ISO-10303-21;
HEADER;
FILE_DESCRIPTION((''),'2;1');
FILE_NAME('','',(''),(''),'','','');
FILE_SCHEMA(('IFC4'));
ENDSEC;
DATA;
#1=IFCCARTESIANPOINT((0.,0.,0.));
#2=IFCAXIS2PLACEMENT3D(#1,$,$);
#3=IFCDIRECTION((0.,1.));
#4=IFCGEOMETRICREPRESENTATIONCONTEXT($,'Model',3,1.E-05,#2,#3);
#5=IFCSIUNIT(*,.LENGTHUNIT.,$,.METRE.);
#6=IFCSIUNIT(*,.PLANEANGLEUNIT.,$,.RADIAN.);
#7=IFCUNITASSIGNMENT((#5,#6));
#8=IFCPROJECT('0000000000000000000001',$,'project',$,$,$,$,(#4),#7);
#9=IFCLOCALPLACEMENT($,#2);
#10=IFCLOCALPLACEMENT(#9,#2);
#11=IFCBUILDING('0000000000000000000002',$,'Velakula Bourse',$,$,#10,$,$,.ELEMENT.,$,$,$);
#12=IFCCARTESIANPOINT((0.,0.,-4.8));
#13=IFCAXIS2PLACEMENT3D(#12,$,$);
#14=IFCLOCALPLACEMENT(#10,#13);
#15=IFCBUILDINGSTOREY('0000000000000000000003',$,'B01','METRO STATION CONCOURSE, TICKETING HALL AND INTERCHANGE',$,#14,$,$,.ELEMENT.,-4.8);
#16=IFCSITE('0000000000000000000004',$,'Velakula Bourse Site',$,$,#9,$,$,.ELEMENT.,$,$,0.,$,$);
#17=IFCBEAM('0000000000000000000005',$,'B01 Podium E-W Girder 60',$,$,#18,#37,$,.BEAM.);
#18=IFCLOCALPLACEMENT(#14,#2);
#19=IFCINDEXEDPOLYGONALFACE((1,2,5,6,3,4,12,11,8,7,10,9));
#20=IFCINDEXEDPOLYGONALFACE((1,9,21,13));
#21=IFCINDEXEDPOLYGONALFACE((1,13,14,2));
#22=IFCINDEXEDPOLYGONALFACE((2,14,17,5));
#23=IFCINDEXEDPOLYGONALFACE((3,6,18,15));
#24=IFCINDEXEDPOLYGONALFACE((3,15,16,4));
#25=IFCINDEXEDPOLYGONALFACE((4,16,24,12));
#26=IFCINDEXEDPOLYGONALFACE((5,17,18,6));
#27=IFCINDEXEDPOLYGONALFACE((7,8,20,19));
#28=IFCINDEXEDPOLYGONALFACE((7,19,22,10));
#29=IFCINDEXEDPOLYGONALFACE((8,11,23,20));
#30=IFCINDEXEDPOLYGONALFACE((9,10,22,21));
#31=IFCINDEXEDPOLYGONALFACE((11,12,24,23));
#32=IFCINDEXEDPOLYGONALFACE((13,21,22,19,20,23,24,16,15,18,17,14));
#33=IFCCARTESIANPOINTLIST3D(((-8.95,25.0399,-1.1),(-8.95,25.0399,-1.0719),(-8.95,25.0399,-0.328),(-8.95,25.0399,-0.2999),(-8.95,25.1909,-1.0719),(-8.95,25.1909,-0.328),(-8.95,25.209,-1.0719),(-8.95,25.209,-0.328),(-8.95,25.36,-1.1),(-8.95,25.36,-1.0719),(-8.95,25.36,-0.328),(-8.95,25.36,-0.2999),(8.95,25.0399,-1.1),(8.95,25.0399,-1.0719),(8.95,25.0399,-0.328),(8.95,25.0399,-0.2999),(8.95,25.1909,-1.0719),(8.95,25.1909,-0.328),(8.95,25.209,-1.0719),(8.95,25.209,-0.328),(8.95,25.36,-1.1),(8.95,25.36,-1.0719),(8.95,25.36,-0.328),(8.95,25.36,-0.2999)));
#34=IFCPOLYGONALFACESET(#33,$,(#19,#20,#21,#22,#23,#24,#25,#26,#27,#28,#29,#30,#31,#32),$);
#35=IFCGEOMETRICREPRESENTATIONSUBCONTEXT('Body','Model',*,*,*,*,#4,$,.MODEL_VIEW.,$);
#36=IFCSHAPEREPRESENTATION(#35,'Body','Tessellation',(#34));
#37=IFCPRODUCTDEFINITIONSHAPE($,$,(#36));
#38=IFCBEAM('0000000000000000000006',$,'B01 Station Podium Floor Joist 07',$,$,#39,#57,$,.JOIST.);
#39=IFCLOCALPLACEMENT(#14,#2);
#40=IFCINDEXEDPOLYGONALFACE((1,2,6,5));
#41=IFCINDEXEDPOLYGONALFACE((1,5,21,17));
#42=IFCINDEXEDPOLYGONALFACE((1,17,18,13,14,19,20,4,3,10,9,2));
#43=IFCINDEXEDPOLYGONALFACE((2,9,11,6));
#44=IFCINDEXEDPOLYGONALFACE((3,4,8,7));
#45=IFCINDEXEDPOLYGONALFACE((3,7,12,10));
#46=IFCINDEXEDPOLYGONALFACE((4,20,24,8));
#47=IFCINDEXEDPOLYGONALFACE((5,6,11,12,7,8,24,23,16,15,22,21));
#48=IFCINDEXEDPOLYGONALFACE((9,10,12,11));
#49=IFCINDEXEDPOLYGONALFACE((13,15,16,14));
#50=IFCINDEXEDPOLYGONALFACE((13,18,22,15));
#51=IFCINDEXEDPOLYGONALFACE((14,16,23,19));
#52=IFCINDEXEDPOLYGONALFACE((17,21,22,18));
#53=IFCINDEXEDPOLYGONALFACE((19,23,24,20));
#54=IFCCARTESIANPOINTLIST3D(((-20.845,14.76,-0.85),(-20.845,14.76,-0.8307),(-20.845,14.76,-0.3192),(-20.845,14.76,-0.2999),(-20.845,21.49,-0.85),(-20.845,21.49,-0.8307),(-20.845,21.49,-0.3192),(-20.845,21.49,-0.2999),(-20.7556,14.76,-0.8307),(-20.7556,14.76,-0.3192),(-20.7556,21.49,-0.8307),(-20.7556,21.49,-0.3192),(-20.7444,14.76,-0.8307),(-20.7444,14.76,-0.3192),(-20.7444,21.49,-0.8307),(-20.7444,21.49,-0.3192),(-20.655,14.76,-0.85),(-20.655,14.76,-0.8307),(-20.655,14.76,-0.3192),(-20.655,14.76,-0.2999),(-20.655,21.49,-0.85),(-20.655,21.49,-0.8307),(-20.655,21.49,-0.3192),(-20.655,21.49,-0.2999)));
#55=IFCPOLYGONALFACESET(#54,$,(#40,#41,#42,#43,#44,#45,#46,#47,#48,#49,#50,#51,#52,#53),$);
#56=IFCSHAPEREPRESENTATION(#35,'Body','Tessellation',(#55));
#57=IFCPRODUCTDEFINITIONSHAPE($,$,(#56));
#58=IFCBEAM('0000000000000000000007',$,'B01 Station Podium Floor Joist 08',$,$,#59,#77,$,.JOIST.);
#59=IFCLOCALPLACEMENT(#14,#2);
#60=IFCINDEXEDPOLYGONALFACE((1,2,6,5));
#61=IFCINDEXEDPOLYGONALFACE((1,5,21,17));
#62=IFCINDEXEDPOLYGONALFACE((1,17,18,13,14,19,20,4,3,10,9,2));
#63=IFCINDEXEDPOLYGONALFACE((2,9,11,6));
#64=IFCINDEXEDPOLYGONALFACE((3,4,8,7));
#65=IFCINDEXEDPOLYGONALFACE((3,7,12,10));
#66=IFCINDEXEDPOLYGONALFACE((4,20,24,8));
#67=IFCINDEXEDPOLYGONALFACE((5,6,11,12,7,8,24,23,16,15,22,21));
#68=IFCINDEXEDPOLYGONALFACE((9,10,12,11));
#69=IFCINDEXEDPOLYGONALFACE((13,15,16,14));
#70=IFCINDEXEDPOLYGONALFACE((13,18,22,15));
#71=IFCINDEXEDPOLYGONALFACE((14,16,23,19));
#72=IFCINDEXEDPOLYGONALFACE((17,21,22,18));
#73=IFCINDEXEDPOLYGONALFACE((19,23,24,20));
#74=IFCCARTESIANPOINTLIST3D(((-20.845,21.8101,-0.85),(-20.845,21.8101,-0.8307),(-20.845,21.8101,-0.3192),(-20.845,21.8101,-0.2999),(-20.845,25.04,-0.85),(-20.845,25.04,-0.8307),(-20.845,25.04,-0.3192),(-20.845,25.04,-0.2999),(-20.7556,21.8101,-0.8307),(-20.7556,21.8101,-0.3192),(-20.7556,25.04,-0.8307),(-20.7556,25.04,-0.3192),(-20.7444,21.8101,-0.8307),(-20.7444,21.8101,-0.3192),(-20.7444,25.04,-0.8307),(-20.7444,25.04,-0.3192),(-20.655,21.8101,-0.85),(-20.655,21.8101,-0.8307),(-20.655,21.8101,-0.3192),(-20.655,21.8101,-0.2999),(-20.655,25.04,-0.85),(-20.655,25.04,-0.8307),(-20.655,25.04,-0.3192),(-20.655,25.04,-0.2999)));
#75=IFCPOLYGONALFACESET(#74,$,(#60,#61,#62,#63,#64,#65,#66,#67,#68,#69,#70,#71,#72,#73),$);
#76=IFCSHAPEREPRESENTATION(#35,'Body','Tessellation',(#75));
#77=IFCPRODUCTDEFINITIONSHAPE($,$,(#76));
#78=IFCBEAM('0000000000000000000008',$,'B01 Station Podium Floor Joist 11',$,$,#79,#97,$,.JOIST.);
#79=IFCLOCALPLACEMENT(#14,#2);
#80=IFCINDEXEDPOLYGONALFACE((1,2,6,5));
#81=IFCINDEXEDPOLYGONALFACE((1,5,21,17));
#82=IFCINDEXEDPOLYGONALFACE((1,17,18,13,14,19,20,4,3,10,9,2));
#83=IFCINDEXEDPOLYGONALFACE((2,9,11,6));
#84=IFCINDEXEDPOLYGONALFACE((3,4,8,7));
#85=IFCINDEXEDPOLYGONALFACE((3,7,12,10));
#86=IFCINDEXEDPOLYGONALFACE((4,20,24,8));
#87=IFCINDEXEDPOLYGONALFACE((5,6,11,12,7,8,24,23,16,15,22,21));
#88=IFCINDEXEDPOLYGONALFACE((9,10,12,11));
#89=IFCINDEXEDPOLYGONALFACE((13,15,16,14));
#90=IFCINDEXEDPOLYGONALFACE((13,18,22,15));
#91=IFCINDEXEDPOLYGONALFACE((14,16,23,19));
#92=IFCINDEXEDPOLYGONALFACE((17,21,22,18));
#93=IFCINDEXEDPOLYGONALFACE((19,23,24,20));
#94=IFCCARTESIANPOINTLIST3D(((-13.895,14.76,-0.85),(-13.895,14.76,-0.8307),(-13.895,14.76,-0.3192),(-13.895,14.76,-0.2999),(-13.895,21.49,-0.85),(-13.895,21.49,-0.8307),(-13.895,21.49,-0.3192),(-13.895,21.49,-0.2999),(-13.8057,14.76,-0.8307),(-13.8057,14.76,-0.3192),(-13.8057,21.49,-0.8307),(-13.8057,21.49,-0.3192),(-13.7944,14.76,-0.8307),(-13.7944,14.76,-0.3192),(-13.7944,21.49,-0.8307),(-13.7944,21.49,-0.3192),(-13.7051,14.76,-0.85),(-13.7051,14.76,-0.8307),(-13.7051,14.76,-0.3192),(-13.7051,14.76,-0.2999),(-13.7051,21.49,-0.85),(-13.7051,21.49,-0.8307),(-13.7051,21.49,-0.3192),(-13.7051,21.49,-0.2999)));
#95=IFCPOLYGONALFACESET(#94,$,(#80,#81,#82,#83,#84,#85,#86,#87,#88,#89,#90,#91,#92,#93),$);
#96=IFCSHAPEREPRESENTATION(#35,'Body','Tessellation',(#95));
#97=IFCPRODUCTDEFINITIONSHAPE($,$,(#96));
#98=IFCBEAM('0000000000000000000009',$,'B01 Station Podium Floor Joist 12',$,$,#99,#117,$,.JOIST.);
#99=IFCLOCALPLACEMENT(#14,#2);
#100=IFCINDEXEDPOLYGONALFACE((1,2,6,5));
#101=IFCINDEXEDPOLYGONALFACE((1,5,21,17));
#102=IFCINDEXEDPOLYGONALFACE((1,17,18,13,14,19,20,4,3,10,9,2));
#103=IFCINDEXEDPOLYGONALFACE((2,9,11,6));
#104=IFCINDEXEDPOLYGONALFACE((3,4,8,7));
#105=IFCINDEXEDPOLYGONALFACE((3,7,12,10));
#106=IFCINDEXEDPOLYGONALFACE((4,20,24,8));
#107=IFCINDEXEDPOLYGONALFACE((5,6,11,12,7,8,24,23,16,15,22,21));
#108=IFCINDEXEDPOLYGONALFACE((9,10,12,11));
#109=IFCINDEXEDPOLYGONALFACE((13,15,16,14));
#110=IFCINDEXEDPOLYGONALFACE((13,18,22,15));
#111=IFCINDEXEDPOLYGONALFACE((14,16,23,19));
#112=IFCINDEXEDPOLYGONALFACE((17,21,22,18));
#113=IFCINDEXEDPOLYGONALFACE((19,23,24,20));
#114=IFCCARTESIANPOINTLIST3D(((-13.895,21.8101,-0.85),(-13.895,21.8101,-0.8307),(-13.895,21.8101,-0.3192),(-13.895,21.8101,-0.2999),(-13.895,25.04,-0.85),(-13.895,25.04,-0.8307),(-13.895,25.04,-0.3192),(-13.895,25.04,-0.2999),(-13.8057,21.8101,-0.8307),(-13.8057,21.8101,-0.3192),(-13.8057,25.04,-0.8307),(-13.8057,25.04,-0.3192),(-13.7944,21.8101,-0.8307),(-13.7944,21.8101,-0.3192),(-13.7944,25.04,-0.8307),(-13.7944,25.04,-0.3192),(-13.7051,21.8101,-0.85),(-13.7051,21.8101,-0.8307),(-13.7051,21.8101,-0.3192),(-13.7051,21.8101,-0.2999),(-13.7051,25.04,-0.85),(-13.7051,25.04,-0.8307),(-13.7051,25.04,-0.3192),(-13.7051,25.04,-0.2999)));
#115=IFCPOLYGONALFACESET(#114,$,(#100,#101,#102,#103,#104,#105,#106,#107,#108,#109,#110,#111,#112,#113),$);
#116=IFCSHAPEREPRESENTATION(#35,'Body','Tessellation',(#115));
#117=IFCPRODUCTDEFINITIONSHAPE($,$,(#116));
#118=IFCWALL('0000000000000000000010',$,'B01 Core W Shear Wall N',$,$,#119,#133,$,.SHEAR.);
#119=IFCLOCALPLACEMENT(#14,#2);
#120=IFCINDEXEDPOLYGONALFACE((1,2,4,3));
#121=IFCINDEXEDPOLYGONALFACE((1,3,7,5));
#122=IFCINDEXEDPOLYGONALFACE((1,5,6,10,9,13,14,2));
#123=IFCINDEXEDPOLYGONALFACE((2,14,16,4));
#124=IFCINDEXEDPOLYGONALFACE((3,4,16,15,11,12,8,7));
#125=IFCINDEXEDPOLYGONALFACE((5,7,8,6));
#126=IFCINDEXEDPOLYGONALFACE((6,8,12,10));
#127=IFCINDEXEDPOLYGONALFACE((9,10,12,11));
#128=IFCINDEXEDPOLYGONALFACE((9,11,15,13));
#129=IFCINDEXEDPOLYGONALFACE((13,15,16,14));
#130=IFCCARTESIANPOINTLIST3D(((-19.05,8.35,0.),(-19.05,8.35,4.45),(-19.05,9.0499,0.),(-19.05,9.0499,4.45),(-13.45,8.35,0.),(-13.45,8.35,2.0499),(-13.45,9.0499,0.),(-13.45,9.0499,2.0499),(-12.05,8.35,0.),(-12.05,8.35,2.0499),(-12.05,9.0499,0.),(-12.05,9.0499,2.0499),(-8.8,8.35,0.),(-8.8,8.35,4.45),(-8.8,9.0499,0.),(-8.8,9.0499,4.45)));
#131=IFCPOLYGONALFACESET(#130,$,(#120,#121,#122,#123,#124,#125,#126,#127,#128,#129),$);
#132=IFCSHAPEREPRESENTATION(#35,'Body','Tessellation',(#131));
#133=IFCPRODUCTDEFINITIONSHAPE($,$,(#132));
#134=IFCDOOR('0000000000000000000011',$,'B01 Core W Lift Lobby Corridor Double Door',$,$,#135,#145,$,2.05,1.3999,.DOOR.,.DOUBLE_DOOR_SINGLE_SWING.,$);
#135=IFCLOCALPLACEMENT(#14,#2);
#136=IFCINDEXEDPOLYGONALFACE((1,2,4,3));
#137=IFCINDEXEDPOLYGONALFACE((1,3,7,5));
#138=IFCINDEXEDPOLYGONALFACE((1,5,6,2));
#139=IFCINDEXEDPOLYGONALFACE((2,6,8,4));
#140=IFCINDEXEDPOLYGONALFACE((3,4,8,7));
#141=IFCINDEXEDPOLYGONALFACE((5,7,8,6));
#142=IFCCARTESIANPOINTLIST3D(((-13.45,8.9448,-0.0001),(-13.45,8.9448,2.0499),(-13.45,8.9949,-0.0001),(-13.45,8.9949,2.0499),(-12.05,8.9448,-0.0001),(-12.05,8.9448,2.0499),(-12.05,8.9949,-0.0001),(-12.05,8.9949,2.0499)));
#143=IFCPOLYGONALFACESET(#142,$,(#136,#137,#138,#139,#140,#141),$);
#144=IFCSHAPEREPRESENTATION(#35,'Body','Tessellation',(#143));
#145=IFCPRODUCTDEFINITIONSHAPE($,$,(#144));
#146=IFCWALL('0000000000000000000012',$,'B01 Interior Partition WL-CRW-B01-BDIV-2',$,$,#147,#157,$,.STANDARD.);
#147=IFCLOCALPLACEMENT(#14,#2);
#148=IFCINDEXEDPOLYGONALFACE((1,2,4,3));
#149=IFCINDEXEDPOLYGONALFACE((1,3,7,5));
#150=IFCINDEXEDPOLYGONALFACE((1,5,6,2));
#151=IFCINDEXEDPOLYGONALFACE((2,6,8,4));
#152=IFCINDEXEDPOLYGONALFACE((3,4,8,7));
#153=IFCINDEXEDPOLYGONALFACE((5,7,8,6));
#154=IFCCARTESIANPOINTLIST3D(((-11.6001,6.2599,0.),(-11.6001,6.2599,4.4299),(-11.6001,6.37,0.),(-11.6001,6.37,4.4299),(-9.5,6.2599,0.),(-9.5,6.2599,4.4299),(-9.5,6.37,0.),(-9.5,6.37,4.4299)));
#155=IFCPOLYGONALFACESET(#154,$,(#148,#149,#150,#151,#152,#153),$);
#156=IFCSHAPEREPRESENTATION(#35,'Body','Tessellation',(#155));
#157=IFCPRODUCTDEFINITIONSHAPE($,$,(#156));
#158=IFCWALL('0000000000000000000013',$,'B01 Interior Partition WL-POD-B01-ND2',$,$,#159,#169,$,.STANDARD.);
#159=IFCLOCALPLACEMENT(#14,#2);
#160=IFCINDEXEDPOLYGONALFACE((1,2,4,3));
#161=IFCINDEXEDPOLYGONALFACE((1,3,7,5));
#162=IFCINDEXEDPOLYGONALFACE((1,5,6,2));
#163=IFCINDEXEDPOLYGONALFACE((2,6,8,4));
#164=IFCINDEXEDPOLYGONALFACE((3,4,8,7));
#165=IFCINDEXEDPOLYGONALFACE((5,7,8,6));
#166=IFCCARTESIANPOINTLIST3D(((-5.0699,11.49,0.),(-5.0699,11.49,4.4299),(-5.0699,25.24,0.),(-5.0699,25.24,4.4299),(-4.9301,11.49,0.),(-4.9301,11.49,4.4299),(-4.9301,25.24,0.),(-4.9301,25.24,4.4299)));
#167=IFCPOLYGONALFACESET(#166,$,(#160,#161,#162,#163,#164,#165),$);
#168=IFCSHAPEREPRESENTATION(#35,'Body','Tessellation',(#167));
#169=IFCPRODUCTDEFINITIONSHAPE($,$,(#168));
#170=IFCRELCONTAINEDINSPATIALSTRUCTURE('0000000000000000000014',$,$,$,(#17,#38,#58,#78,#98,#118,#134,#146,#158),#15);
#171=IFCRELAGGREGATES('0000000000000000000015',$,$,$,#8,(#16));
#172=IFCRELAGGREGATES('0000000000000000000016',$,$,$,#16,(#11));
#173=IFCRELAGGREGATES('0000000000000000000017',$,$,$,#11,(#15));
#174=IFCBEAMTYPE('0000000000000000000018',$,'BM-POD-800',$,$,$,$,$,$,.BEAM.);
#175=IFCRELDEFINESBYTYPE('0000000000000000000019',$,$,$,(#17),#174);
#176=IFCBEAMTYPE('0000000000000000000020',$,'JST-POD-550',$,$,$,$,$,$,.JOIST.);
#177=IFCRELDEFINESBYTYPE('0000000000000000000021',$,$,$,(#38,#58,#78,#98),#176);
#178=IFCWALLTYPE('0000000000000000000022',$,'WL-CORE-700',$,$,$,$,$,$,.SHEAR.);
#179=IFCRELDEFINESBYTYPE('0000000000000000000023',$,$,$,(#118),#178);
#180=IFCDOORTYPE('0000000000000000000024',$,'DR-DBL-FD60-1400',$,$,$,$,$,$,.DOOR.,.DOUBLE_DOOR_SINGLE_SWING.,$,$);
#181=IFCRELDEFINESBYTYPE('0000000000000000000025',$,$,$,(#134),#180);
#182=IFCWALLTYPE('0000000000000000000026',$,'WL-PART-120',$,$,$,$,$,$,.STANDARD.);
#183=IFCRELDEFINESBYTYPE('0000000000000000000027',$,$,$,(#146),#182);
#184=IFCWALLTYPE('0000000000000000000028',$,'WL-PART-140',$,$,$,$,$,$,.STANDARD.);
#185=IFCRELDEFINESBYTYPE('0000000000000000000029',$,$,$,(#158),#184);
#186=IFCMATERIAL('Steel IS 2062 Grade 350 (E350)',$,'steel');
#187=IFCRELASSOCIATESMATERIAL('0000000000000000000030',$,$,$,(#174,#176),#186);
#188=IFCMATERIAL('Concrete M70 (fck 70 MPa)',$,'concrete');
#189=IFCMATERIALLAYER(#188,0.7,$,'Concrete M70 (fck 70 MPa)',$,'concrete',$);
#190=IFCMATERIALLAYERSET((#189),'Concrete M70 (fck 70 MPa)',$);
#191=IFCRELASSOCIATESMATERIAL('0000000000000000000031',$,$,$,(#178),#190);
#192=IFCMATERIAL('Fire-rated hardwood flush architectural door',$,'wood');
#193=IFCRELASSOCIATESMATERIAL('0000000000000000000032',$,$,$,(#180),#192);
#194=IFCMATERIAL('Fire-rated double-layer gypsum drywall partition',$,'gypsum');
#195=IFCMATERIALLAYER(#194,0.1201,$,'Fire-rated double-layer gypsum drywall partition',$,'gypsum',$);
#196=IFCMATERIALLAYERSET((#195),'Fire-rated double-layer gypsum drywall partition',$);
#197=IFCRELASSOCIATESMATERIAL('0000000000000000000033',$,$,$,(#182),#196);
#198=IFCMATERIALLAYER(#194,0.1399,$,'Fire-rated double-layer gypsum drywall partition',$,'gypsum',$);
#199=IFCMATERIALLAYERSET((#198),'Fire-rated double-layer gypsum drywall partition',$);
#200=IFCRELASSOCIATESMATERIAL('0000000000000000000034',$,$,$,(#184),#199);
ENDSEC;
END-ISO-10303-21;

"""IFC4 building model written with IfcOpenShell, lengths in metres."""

from ifc_helpers import new_model, si_unit, direction, frame, frame_2d, origin, origin_2d, place, context, subcontext, project, spatial, rectangle, i_section, extrude, material, layer, layer_set, material_profile, profile_set, type_object, element, fill, save


model = new_model("IFC4")

# Units and contexts
model_context = context("Model", 3, precision=1e-05, world=origin(), true_north=direction((0.0, 1.0)))
body_context = subcontext(model_context, "Body", "Model", "MODEL_VIEW")
ifc_project = project(units=[si_unit("LENGTHUNIT", "METRE"), si_unit("PLANEANGLEUNIT", "RADIAN")], contexts=[model_context])

# Site, building, storey
site_placement = place(None, origin())
site = spatial("IfcSite", under=ifc_project, at=site_placement, Name="Velakula Bourse Site", CompositionType="ELEMENT", RefElevation=0.0)
building_placement = place(site_placement, origin())
building = spatial("IfcBuilding", under=site, at=building_placement, Name="Velakula Bourse", CompositionType="ELEMENT")
storey_placement = place(building_placement, frame((0.0, 0.0, -4.8)))
storey = spatial("IfcBuildingStorey", under=building, at=storey_placement, Name="B01", Description="METRO STATION CONCOURSE, TICKETING HALL AND INTERCHANGE", CompositionType="ELEMENT", Elevation=-4.8)

# Shared definitions
ifc_material_1 = material(Name="Concrete M70 (fck 70 MPa)", Category="concrete")

# Beams
ifc_material_2 = material(Name="Steel IS 2062 Grade 350 (E350)", Category="steel")
ifc_material_profile_1 = material_profile(ifc_material_2, i_section(OverallWidth=0.3201, OverallDepth=0.8, WebThickness=0.0181, FlangeThickness=0.0281, at=origin_2d()), Name="Steel IS 2062 Grade 350 (E350)")
ifc_profile_set_1 = profile_set([ifc_material_profile_1], Name="Steel IS 2062 Grade 350 (E350)")
beam_type_1 = type_object("IfcBeamType", Name="BM-POD-800", PredefinedType="BEAM", material=ifc_profile_set_1)
beam_1_placement = place(storey_placement, frame((-8.95, 25.2, -0.7), z_axis=(1.0, 0.0, 0.0), x_axis=(0.0, 1.0, 0.0)))
element("IfcBeam", 1, at=beam_1_placement, inside=storey, type_object=beam_type_1, Name="B01 Podium E-W Girder 60", PredefinedType="BEAM", context=body_context, shape_type="SweptSolid", body=[
    extrude(i_section(OverallWidth=0.3201, OverallDepth=0.8, WebThickness=0.0181, FlangeThickness=0.0281, at=origin_2d()), origin(), (0.0, 0.0, 1.0), 17.8999),
])
ifc_material_profile_2 = material_profile(ifc_material_2, i_section(OverallWidth=0.1899, OverallDepth=0.55, WebThickness=0.0112, FlangeThickness=0.0193, at=origin_2d()), Name="Steel IS 2062 Grade 350 (E350)")
ifc_profile_set_2 = profile_set([ifc_material_profile_2], Name="Steel IS 2062 Grade 350 (E350)")
beam_type_2 = type_object("IfcBeamType", Name="JST-POD-550", PredefinedType="JOIST", material=ifc_profile_set_2)
beam_2_placement = place(storey_placement, frame((-20.75, 14.76, -0.575), z_axis=(0.0, 1.0, 0.0), x_axis=(-1.0, 0.0, 0.0)))
element("IfcBeam", 2, at=beam_2_placement, inside=storey, type_object=beam_type_2, Name="B01 Station Podium Floor Joist 07", PredefinedType="JOIST", context=body_context, shape_type="SweptSolid", body=[
    extrude(i_section(OverallWidth=0.1899, OverallDepth=0.55, WebThickness=0.0112, FlangeThickness=0.0193, at=origin_2d()), origin(), (0.0, 0.0, 1.0), 6.73),
])
beam_3_placement = place(storey_placement, frame((-20.75, 21.8101, -0.575), z_axis=(0.0, 1.0, 0.0), x_axis=(-1.0, 0.0, 0.0)))
element("IfcBeam", 3, at=beam_3_placement, inside=storey, type_object=beam_type_2, Name="B01 Station Podium Floor Joist 08", PredefinedType="JOIST", context=body_context, shape_type="SweptSolid", body=[
    extrude(i_section(OverallWidth=0.1899, OverallDepth=0.55, WebThickness=0.0112, FlangeThickness=0.0193, at=origin_2d()), origin(), (0.0, 0.0, 1.0), 3.23),
])
beam_4_placement = place(storey_placement, frame((-13.8, 14.76, -0.575), z_axis=(0.0, 1.0, 0.0), x_axis=(-1.0, 0.0, 0.0)))
element("IfcBeam", 4, at=beam_4_placement, inside=storey, type_object=beam_type_2, Name="B01 Station Podium Floor Joist 11", PredefinedType="JOIST", context=body_context, shape_type="SweptSolid", body=[
    extrude(i_section(OverallWidth=0.1899, OverallDepth=0.55, WebThickness=0.0112, FlangeThickness=0.0193, at=origin_2d()), origin(), (0.0, 0.0, 1.0), 6.73),
])
beam_5_placement = place(storey_placement, frame((-13.8, 21.8101, -0.575), z_axis=(0.0, 1.0, 0.0), x_axis=(-1.0, 0.0, 0.0)))
element("IfcBeam", 5, at=beam_5_placement, inside=storey, type_object=beam_type_2, Name="B01 Station Podium Floor Joist 12", PredefinedType="JOIST", context=body_context, shape_type="SweptSolid", body=[
    extrude(i_section(OverallWidth=0.1899, OverallDepth=0.55, WebThickness=0.0112, FlangeThickness=0.0193, at=origin_2d()), origin(), (0.0, 0.0, 1.0), 3.23),
])

# Wall, opening, door
ifc_layer_1 = layer(ifc_material_1, 0.7, Name="Concrete M70 (fck 70 MPa)", Category="concrete")
ifc_layer_set_1 = layer_set([ifc_layer_1], Name="Concrete M70 (fck 70 MPa)")
wall_type_1 = type_object("IfcWallType", Name="WL-CORE-700", PredefinedType="SHEAR", material=ifc_layer_set_1)
wall_1_placement = place(storey_placement, frame((-19.05, 8.7, 0.0), z_axis=(0.0, 0.0, 1.0), x_axis=(1.0, 0.0, 0.0)))
wall_1 = element("IfcWall", 6, at=wall_1_placement, inside=storey, type_object=wall_type_1, Name="B01 Core W Shear Wall N", PredefinedType="SHEAR", context=body_context, shape_type="SweptSolid", body=[
    extrude(rectangle(XDim=10.25, YDim=0.7, at=frame_2d((5.125, 0.0))), origin(), (0.0, 0.0, 1.0), 4.45),
])
opening_placement = place(wall_1_placement, frame((5.6001, 0.0, 0.0)))
opening = element("IfcOpeningElement", 7, at=opening_placement, cuts=wall_1, PredefinedType="OPENING", context=body_context, shape_type="SweptSolid", body=[
    extrude(rectangle(XDim=1.3999, YDim=2.05, at=frame_2d((0.7, 1.0249))), frame((0.0, 0.3599, 0.0), z_axis=(0.0, -1.0, 0.0), x_axis=(1.0, 0.0, 0.0)), (0.0, 0.0, 1.0), 0.72),
])
ifc_material_3 = material(Name="Fire-rated hardwood flush architectural door", Category="wood")
door_type = type_object("IfcDoorType", Name="DR-DBL-FD60-1400", OperationType="DOUBLE_DOOR_SINGLE_SWING", PredefinedType="DOOR", material=ifc_material_3)
door_placement = place(opening_placement, origin())
door = element("IfcDoor", 8, at=door_placement, inside=storey, type_object=door_type, Name="B01 Core W Lift Lobby Corridor Double Door", OperationType="DOUBLE_DOOR_SINGLE_SWING", OverallHeight=2.05, OverallWidth=1.3999, PredefinedType="DOOR", context=body_context, shape_type="SweptSolid", body=[
    extrude(rectangle(XDim=1.3999, YDim=2.05, at=frame_2d((0.7, 1.0249))), frame((0.0, 0.2949, 0.0), z_axis=(0.0, -1.0, 0.0), x_axis=(1.0, 0.0, 0.0)), (0.0, 0.0, 1.0), 0.05),
])
fill(opening, door)

# Walls
ifc_material_4 = material(Name="Fire-rated double-layer gypsum drywall partition", Category="gypsum")
ifc_layer_2 = layer(ifc_material_4, 0.1201, Name="Fire-rated double-layer gypsum drywall partition", Category="gypsum")
ifc_layer_set_2 = layer_set([ifc_layer_2], Name="Fire-rated double-layer gypsum drywall partition")
wall_type_2 = type_object("IfcWallType", Name="WL-PART-120", PredefinedType="STANDARD", material=ifc_layer_set_2)
wall_2_placement = place(storey_placement, frame((-11.6001, 6.3149, 0.0), z_axis=(0.0, 0.0, 1.0), x_axis=(1.0, 0.0, 0.0)))
element("IfcWall", 9, at=wall_2_placement, inside=storey, type_object=wall_type_2, Name="B01 Interior Partition WL-CRW-B01-BDIV-2", PredefinedType="STANDARD", context=body_context, shape_type="SweptSolid", body=[
    extrude(rectangle(XDim=2.1001, YDim=0.1101, at=frame_2d((1.05, 0.0))), origin(), (0.0, 0.0, 1.0), 4.4299),
])
ifc_layer_3 = layer(ifc_material_4, 0.1399, Name="Fire-rated double-layer gypsum drywall partition", Category="gypsum")
ifc_layer_set_3 = layer_set([ifc_layer_3], Name="Fire-rated double-layer gypsum drywall partition")
wall_type_3 = type_object("IfcWallType", Name="WL-PART-140", PredefinedType="STANDARD", material=ifc_layer_set_3)
wall_3_placement = place(storey_placement, frame((-5.0, 11.49, 0.0), z_axis=(0.0, 0.0, 1.0), x_axis=(0.0, 1.0, 0.0)))
element("IfcWall", 10, at=wall_3_placement, inside=storey, type_object=wall_type_3, Name="B01 Interior Partition WL-POD-B01-ND2", PredefinedType="STANDARD", context=body_context, shape_type="SweptSolid", body=[
    extrude(rectangle(XDim=13.75, YDim=0.1399, at=frame_2d((6.875, 0.0))), origin(), (0.0, 0.0, 1.0), 4.4299),
])

save(model, "model.ifc")
